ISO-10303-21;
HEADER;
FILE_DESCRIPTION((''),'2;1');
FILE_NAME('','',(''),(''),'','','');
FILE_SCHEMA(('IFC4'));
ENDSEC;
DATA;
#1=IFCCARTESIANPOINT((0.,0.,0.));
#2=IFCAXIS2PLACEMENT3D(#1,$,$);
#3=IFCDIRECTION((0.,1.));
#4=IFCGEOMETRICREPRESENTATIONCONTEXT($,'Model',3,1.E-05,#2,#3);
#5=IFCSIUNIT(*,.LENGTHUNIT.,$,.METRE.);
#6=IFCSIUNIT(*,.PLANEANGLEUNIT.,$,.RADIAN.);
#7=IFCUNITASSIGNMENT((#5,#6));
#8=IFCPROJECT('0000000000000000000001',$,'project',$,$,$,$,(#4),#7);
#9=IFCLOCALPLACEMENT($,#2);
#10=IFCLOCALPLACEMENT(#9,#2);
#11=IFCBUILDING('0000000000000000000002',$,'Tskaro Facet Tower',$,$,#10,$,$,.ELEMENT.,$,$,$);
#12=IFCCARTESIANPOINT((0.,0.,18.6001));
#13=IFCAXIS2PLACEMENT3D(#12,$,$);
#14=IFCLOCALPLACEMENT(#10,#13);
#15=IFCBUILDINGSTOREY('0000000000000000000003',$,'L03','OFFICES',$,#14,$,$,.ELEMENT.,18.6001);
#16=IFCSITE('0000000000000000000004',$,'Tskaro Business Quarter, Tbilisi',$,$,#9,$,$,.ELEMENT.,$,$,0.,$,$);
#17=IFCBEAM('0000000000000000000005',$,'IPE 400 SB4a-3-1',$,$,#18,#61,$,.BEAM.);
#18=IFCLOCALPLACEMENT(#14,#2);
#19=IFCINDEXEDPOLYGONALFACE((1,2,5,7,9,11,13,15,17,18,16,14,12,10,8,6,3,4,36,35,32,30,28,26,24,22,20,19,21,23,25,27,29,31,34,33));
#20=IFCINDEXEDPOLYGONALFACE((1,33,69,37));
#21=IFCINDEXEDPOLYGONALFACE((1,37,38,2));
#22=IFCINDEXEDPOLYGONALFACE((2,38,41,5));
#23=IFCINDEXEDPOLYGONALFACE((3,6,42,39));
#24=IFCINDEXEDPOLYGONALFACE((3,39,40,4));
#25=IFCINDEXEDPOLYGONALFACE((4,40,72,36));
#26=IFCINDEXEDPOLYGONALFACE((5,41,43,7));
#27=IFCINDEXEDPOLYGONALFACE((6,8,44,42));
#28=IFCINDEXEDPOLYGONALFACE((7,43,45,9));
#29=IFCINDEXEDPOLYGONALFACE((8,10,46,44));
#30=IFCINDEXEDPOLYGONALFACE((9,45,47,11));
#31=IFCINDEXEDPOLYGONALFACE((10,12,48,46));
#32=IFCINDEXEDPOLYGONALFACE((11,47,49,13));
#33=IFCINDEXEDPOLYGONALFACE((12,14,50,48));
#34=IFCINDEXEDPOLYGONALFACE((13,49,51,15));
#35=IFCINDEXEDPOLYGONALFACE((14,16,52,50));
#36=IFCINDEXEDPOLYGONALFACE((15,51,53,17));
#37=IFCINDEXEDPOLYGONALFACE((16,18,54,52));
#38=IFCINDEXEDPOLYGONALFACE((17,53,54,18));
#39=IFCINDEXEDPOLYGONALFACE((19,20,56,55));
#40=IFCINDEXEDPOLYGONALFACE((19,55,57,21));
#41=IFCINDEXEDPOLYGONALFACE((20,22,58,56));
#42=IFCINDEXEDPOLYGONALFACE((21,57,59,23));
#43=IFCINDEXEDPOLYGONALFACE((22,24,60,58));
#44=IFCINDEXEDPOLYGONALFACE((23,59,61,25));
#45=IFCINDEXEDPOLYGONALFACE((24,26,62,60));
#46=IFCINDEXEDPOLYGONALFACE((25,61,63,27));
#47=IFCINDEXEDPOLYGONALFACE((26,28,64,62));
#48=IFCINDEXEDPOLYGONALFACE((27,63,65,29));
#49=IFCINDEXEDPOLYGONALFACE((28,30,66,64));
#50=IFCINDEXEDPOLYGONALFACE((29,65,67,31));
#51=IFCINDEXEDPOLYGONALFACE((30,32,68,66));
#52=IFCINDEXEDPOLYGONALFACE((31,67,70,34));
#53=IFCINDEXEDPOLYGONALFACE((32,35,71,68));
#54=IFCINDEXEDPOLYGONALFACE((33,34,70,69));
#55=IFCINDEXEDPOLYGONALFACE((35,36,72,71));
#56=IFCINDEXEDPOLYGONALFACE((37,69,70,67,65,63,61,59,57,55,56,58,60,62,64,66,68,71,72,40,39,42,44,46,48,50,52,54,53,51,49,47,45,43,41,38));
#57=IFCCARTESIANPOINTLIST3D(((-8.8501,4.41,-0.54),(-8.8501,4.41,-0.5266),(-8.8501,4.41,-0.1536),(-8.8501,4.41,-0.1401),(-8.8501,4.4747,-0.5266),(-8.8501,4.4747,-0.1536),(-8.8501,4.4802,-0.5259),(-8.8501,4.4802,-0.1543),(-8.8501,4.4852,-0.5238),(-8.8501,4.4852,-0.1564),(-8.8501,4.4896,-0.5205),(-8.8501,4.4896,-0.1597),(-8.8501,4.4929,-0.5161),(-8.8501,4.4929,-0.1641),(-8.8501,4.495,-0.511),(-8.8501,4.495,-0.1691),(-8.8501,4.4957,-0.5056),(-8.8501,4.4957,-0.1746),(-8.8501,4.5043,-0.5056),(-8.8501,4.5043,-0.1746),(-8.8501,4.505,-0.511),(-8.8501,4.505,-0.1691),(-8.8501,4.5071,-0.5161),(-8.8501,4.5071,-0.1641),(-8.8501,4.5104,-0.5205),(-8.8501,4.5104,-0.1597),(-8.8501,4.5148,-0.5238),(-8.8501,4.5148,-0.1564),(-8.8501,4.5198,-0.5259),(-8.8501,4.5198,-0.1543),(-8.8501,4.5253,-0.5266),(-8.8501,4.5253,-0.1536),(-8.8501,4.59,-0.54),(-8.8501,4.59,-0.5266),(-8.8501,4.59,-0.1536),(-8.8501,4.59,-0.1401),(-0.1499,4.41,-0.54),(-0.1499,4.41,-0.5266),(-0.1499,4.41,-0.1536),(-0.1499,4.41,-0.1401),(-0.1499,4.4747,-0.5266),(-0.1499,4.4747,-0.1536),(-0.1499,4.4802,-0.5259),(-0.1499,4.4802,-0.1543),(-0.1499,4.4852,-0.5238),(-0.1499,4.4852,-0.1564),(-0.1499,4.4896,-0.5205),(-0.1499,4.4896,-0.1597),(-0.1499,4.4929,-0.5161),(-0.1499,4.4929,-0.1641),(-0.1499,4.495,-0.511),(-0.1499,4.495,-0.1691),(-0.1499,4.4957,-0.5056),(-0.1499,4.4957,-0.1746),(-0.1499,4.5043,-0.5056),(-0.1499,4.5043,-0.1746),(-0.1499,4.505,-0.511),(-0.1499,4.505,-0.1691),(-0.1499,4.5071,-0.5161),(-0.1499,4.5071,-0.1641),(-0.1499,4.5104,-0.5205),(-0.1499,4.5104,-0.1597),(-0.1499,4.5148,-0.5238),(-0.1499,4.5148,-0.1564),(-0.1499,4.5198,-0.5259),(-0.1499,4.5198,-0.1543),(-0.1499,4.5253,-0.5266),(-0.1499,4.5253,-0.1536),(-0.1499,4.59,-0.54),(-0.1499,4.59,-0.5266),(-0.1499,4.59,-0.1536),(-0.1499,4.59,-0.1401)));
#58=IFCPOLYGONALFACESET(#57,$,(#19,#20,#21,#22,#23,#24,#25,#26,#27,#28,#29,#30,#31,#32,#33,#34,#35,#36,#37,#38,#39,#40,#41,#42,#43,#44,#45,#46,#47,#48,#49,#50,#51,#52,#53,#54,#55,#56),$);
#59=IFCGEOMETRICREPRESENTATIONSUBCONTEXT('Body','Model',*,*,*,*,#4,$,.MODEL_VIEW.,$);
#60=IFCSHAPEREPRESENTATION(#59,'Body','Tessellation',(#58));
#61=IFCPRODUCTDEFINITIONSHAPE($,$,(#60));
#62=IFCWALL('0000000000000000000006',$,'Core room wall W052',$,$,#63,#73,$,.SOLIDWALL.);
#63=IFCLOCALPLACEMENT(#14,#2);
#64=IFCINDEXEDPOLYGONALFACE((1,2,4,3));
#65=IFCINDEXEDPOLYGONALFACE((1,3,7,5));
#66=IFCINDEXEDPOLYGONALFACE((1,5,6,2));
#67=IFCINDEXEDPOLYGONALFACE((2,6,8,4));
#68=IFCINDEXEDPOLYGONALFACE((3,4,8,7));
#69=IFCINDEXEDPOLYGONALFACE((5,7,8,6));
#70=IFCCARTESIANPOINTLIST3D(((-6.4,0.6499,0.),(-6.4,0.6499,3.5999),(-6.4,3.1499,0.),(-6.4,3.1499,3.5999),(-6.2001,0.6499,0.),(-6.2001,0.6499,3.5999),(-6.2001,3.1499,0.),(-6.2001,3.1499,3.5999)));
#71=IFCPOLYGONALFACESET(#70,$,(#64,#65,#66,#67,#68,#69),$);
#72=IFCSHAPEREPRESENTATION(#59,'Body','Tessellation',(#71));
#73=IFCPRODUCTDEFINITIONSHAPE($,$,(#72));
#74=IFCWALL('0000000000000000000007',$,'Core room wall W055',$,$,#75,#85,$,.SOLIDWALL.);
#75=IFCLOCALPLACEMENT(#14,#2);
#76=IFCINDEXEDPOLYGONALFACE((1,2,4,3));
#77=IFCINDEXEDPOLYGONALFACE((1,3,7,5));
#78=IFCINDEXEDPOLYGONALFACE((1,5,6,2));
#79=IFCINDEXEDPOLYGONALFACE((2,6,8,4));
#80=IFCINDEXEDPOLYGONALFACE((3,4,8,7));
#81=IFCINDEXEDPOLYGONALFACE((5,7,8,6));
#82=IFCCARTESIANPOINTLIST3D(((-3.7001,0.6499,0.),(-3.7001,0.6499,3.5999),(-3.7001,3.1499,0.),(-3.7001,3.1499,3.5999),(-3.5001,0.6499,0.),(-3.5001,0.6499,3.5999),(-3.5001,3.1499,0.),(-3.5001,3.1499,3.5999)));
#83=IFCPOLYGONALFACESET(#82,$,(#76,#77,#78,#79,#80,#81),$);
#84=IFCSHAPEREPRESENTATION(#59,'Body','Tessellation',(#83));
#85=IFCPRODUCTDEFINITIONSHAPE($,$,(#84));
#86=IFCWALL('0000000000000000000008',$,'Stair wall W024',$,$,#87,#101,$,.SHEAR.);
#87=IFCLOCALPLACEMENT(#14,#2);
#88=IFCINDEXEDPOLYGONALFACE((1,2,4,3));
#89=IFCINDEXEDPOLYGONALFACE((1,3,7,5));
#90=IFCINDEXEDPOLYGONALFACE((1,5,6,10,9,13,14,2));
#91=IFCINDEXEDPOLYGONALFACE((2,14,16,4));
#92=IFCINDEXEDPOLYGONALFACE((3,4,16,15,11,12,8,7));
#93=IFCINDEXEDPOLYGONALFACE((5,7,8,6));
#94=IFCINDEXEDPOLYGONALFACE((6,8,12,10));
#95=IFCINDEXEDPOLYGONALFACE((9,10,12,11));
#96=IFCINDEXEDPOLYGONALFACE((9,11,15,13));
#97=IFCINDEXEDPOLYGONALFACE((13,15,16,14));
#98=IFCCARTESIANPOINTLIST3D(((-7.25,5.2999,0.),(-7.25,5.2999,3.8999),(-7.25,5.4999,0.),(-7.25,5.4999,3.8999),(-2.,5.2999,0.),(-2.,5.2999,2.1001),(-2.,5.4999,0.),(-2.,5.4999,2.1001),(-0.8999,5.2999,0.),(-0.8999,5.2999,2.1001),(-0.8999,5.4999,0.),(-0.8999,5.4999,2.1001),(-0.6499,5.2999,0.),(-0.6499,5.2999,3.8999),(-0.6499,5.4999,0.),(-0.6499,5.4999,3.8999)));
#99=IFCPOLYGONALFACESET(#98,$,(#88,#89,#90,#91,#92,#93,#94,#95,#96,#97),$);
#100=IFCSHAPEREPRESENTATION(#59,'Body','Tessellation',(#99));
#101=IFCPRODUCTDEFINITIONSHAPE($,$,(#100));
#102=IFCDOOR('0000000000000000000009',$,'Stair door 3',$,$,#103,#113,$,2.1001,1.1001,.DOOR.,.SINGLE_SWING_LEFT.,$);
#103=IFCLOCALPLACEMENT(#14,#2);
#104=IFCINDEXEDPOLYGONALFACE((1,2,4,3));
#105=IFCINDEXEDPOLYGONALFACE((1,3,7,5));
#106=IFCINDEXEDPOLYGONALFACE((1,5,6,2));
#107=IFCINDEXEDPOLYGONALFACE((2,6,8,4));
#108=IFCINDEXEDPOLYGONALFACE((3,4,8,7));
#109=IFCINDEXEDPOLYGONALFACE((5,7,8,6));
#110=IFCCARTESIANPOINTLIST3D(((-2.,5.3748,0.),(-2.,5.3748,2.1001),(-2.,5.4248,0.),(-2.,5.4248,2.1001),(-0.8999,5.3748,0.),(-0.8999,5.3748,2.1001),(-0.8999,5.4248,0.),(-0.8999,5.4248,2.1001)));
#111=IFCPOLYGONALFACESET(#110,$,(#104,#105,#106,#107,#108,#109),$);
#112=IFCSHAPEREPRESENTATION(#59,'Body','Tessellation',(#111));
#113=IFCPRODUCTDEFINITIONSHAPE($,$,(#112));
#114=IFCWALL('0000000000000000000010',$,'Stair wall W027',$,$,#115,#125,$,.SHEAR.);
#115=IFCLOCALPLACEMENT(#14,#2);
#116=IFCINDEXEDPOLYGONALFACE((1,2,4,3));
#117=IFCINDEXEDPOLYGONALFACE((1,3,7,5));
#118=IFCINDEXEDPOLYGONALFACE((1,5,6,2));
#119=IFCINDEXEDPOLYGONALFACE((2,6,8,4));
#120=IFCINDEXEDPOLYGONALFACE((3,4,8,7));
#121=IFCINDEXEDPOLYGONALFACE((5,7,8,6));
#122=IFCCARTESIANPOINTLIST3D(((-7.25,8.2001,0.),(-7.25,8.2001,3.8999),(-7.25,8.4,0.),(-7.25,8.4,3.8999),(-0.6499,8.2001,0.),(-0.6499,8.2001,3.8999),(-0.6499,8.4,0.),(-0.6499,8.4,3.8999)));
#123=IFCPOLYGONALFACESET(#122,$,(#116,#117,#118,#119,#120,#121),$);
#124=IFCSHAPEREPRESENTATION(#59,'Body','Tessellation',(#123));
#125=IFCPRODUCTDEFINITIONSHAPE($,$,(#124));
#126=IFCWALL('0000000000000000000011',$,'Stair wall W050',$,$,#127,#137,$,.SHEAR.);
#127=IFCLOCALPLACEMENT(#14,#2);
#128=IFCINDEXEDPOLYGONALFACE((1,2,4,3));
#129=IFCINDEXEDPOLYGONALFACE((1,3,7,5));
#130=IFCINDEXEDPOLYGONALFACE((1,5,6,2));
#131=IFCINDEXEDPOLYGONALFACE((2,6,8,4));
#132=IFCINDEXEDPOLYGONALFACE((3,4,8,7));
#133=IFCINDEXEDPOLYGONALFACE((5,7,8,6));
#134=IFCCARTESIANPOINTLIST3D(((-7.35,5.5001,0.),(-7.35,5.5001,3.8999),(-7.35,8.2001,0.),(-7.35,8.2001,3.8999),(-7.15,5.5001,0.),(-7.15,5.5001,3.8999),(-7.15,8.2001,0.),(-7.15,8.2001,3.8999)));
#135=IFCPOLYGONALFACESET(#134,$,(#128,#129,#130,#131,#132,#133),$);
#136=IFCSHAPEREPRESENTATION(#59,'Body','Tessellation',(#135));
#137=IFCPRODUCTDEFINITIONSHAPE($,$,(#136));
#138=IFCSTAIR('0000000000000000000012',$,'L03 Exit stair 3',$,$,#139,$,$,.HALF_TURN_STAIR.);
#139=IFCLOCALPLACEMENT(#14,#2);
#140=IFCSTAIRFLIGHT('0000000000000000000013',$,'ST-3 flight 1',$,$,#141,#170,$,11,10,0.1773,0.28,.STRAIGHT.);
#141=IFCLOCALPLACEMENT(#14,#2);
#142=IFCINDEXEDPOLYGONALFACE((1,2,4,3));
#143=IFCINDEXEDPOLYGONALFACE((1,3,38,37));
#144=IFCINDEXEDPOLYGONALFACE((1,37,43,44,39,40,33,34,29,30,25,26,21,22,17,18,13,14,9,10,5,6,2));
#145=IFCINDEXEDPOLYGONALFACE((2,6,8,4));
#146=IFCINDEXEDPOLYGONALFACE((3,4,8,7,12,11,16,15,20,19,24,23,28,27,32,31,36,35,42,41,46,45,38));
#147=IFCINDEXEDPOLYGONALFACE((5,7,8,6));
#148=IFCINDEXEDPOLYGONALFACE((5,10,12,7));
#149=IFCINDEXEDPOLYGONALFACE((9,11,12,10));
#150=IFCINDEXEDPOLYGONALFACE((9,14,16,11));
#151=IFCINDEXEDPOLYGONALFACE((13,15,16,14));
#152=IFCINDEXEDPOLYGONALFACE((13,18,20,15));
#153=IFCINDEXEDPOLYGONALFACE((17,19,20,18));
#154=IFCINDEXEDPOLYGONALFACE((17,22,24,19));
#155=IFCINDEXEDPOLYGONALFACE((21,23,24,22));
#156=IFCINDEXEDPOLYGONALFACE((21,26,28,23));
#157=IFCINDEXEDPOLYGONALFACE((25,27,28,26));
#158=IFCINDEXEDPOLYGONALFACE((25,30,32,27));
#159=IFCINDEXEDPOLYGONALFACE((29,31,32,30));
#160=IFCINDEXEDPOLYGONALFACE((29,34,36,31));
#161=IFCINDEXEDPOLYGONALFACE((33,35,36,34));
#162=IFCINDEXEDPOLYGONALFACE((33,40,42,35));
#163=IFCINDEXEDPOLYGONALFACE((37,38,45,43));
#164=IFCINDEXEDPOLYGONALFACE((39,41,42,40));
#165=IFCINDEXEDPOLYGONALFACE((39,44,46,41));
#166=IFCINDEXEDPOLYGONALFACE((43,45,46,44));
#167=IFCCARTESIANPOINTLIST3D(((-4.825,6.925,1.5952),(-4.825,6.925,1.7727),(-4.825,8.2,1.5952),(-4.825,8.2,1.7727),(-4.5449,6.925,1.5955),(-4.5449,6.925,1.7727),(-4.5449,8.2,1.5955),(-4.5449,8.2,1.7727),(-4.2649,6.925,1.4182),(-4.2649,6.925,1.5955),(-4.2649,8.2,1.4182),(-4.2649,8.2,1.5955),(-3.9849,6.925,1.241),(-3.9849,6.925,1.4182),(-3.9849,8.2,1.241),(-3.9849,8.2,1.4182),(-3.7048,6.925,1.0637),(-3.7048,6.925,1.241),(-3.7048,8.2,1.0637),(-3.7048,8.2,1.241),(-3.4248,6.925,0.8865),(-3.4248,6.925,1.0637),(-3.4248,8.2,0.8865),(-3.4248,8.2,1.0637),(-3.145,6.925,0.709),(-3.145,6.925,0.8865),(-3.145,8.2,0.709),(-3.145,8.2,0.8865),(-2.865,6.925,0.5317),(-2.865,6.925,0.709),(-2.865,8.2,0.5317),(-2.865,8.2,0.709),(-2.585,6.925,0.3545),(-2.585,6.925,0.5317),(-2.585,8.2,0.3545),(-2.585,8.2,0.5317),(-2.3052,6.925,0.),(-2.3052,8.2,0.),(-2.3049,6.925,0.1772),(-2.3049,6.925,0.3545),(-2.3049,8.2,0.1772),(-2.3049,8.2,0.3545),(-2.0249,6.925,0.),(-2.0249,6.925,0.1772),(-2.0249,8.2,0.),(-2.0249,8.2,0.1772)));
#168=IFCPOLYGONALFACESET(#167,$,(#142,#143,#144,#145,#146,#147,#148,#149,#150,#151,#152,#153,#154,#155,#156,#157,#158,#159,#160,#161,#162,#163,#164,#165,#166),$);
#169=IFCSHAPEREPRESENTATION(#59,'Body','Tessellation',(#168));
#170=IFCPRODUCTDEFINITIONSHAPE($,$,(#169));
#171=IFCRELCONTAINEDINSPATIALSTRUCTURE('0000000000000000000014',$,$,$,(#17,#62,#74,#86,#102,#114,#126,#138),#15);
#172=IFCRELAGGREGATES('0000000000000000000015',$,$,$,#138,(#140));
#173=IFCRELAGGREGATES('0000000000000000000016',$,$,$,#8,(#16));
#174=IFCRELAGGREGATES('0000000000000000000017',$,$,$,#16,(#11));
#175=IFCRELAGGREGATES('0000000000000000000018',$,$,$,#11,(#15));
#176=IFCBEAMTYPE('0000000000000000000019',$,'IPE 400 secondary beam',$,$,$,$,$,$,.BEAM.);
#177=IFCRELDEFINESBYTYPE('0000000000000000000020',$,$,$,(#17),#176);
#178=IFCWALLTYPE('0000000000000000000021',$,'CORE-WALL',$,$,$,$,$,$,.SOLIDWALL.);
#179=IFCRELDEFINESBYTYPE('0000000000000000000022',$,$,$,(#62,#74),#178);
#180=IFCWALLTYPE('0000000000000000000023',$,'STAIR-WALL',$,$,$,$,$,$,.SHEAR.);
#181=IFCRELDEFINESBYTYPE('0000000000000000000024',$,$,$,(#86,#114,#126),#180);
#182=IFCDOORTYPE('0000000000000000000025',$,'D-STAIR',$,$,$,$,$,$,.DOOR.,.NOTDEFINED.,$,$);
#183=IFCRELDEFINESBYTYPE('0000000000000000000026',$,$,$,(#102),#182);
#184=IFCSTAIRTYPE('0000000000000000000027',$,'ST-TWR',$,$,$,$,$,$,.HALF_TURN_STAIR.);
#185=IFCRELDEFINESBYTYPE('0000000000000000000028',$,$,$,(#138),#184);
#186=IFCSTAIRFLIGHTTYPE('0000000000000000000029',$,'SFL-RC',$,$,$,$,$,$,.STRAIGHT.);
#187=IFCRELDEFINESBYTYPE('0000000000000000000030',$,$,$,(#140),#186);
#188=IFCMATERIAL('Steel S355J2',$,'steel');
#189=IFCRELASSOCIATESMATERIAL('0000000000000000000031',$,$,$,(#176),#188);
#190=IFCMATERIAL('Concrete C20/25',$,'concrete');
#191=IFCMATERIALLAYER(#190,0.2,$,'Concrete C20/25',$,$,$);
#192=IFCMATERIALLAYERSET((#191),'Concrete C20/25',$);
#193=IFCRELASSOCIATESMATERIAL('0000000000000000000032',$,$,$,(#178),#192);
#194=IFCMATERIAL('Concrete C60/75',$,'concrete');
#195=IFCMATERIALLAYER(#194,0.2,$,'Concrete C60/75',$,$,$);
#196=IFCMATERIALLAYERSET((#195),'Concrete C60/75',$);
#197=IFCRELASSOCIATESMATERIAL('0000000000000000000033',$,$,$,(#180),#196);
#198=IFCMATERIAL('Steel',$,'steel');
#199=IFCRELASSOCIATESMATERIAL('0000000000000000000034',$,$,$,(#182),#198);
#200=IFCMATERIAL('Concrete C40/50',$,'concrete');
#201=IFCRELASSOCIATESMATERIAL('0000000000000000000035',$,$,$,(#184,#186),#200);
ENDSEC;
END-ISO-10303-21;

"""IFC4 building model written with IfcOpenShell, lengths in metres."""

from ifc_helpers import new_model, si_unit, direction, frame, frame_2d, origin, origin_2d, place, context, subcontext, project, spatial, polyline, rectangle, i_section, outline, extrude, material, layer, layer_set, material_profile, profile_set, type_object, element, fill, aggregate, save


model = new_model("IFC4")

# Units and contexts
model_context = context("Model", 3, precision=1e-05, world=origin(), true_north=direction((0.0, 1.0)))
body_context = subcontext(model_context, "Body", "Model", "MODEL_VIEW")
ifc_project = project(units=[si_unit("LENGTHUNIT", "METRE"), si_unit("PLANEANGLEUNIT", "RADIAN")], contexts=[model_context])

# Site, building, storey
site_placement = place(None, origin())
site = spatial("IfcSite", under=ifc_project, at=site_placement, Name="Tskaro Business Quarter, Tbilisi", CompositionType="ELEMENT", RefElevation=0.0)
building_placement = place(site_placement, origin())
building = spatial("IfcBuilding", under=site, at=building_placement, Name="Tskaro Facet Tower", CompositionType="ELEMENT")
storey_placement = place(building_placement, frame((0.0, 0.0, 18.6001)))
storey = spatial("IfcBuildingStorey", under=building, at=storey_placement, Name="L03", Description="OFFICES", CompositionType="ELEMENT", Elevation=18.6001)

# Beam
ifc_material_1 = material(Name="Steel S355J2", Category="steel")
ifc_material_profile = material_profile(ifc_material_1, i_section(OverallWidth=0.1799, OverallDepth=0.3999, WebThickness=0.0085, FlangeThickness=0.0134, FilletRadius=0.021, at=origin_2d()), Name="IPE 400")
ifc_profile_set = profile_set([ifc_material_profile], Name="Steel S355J2")
beam_type = type_object("IfcBeamType", Name="IPE 400 secondary beam", PredefinedType="BEAM", material=ifc_profile_set)
beam_placement = place(storey_placement, frame((-8.8501, 4.5, -0.3401), z_axis=(1.0, 0.0, 0.0), x_axis=(0.0, 1.0, 0.0)))
element("IfcBeam", 1, at=beam_placement, inside=storey, type_object=beam_type, Name="IPE 400 SB4a-3-1", PredefinedType="BEAM", context=body_context, shape_type="SweptSolid", body=[
    extrude(i_section(OverallWidth=0.1799, OverallDepth=0.3999, WebThickness=0.0085, FlangeThickness=0.0134, FilletRadius=0.021, at=origin_2d()), origin(), (0.0, 0.0, 1.0), 8.7002),
])

# Walls
ifc_material_2 = material(Name="Concrete C20/25", Category="concrete")
ifc_layer_1 = layer(ifc_material_2, 0.2, Name="Concrete C20/25")
ifc_layer_set_1 = layer_set([ifc_layer_1], Name="Concrete C20/25")
wall_type_1 = type_object("IfcWallType", Name="CORE-WALL", PredefinedType="SOLIDWALL", material=ifc_layer_set_1)
for number, where, z_axis, x_axis, name in (
    (2, (-6.3, 0.6499, 0.0), (0.0, 0.0, 1.0), (0.0, 1.0, 0.0), "Core room wall W052"),
    (3, (-3.6001, 0.6499, 0.0), (0.0, 0.0, 1.0), (0.0, 1.0, 0.0), "Core room wall W055"),
):
    element("IfcWall", number, at=place(storey_placement, frame(where, z_axis=z_axis, x_axis=x_axis)), inside=storey, type_object=wall_type_1, Name=name, PredefinedType="SOLIDWALL", context=body_context, shape_type="SweptSolid", body=[
        extrude(rectangle(XDim=2.5, YDim=0.2, at=frame_2d((1.25, 0.0))), origin(), (0.0, 0.0, 1.0), 3.5999),
    ])

# Wall, opening, door
ifc_material_3 = material(Name="Concrete C60/75", Category="concrete")
ifc_layer_2 = layer(ifc_material_3, 0.2, Name="Concrete C60/75")
ifc_layer_set_2 = layer_set([ifc_layer_2], Name="Concrete C60/75")
wall_type_2 = type_object("IfcWallType", Name="STAIR-WALL", PredefinedType="SHEAR", material=ifc_layer_set_2)
wall_1_placement = place(storey_placement, frame((-7.25, 5.3999, 0.0), z_axis=(0.0, 0.0, 1.0), x_axis=(1.0, 0.0, 0.0)))
wall_1 = element("IfcWall", 4, at=wall_1_placement, inside=storey, type_object=wall_type_2, Name="Stair wall W024", PredefinedType="SHEAR", context=body_context, shape_type="SweptSolid", body=[
    extrude(rectangle(XDim=6.6001, YDim=0.2, at=frame_2d((3.3, 0.0))), origin(), (0.0, 0.0, 1.0), 3.8999),
])
opening_placement = place(wall_1_placement, frame((5.25, 0.0, 0.0)))
opening = element("IfcOpeningElement", 5, at=opening_placement, cuts=wall_1, PredefinedType="OPENING", context=body_context, shape_type="SweptSolid", body=[
    extrude(rectangle(XDim=1.1001, YDim=2.1001, at=frame_2d((0.55, 1.05))), frame((0.0, 0.1099, 0.0), z_axis=(0.0, -1.0, 0.0), x_axis=(1.0, 0.0, 0.0)), (0.0, 0.0, 1.0), 0.22),
])
ifc_material_4 = material(Name="Steel", Category="steel")
door_type = type_object("IfcDoorType", Name="D-STAIR", OperationType="NOTDEFINED", PredefinedType="DOOR", material=ifc_material_4)
door_placement = place(opening_placement, origin())
door = element("IfcDoor", 6, at=door_placement, inside=storey, type_object=door_type, Name="Stair door 3", OperationType="SINGLE_SWING_LEFT", OverallHeight=2.1001, OverallWidth=1.1001, PredefinedType="DOOR", context=body_context, shape_type="SweptSolid", body=[
    extrude(rectangle(XDim=1.1001, YDim=2.1001, at=frame_2d((0.55, 1.05))), frame((0.0, 0.0249, 0.0), z_axis=(0.0, -1.0, 0.0), x_axis=(1.0, 0.0, 0.0)), (0.0, 0.0, 1.0), 0.05),
])
fill(opening, door)

# Walls
wall_2_placement = place(storey_placement, frame((-7.25, 8.3, 0.0), z_axis=(0.0, 0.0, 1.0), x_axis=(1.0, 0.0, 0.0)))
element("IfcWall", 7, at=wall_2_placement, inside=storey, type_object=wall_type_2, Name="Stair wall W027", PredefinedType="SHEAR", context=body_context, shape_type="SweptSolid", body=[
    extrude(rectangle(XDim=6.6001, YDim=0.2, at=frame_2d((3.3, 0.0))), origin(), (0.0, 0.0, 1.0), 3.8999),
])
wall_3_placement = place(storey_placement, frame((-7.25, 5.5, 0.0), z_axis=(0.0, 0.0, 1.0), x_axis=(0.0, 1.0, 0.0)))
element("IfcWall", 8, at=wall_3_placement, inside=storey, type_object=wall_type_2, Name="Stair wall W050", PredefinedType="SHEAR", context=body_context, shape_type="SweptSolid", body=[
    extrude(rectangle(XDim=2.7, YDim=0.2, at=frame_2d((1.3501, 0.0))), origin(), (0.0, 0.0, 1.0), 3.8999),
])

# Stair, stair flight
ifc_material_5 = material(Name="Concrete C40/50", Category="concrete")
stair_type = type_object("IfcStairType", Name="ST-TWR", PredefinedType="HALF_TURN_STAIR", material=ifc_material_5)
stair_placement = place(storey_placement, origin())
stair = element("IfcStair", 9, at=stair_placement, inside=storey, type_object=stair_type, Name="L03 Exit stair 3", PredefinedType="HALF_TURN_STAIR")
stair_flight_type = type_object("IfcStairFlightType", Name="SFL-RC", PredefinedType="STRAIGHT", material=ifc_material_5)
stair_flight_1_placement = place(storey_placement, frame((-2.0249, 7.5625, 0.0), z_axis=(0.0, 0.0, 1.0), x_axis=(-1.0, 0.0, 0.0)))
stair_flight_1 = element("IfcStairFlight", 10, at=stair_flight_1_placement, type_object=stair_flight_type, Name="ST-3 flight 1", NumberOfRisers=11, NumberOfTreads=10, PredefinedType="STRAIGHT", RiserHeight=0.1773, TreadLength=0.28, context=body_context, shape_type="SweptSolid", body=[
    extrude(outline(polyline([(0.0, 0.0), (0.0, 0.1772), (0.28, 0.1772), (0.28, 0.3545), (0.5601, 0.3545), (0.5601, 0.5317), (0.8401, 0.5317), (0.8401, 0.709), (1.1201, 0.709), (1.1201, 0.8865), (1.3999, 0.8865), (1.3999, 1.0637), (1.6799, 1.0637), (1.6799, 1.241), (1.96, 1.241), (1.96, 1.4182), (2.24, 1.4182), (2.24, 1.5955), (2.52, 1.5955), (2.52, 1.7727), (2.8, 1.7727), (2.8, 1.95), (2.8, 1.5952), (0.2803, 0.0), (0.0, 0.0)])), frame((0.0, 0.6375, 0.0), z_axis=(0.0, -1.0, 0.0), x_axis=(1.0, 0.0, 0.0)), (0.0, 0.0, 1.0), 1.2749),
])
aggregate(stair, [stair_flight_1])

save(model, "model.ifc")
